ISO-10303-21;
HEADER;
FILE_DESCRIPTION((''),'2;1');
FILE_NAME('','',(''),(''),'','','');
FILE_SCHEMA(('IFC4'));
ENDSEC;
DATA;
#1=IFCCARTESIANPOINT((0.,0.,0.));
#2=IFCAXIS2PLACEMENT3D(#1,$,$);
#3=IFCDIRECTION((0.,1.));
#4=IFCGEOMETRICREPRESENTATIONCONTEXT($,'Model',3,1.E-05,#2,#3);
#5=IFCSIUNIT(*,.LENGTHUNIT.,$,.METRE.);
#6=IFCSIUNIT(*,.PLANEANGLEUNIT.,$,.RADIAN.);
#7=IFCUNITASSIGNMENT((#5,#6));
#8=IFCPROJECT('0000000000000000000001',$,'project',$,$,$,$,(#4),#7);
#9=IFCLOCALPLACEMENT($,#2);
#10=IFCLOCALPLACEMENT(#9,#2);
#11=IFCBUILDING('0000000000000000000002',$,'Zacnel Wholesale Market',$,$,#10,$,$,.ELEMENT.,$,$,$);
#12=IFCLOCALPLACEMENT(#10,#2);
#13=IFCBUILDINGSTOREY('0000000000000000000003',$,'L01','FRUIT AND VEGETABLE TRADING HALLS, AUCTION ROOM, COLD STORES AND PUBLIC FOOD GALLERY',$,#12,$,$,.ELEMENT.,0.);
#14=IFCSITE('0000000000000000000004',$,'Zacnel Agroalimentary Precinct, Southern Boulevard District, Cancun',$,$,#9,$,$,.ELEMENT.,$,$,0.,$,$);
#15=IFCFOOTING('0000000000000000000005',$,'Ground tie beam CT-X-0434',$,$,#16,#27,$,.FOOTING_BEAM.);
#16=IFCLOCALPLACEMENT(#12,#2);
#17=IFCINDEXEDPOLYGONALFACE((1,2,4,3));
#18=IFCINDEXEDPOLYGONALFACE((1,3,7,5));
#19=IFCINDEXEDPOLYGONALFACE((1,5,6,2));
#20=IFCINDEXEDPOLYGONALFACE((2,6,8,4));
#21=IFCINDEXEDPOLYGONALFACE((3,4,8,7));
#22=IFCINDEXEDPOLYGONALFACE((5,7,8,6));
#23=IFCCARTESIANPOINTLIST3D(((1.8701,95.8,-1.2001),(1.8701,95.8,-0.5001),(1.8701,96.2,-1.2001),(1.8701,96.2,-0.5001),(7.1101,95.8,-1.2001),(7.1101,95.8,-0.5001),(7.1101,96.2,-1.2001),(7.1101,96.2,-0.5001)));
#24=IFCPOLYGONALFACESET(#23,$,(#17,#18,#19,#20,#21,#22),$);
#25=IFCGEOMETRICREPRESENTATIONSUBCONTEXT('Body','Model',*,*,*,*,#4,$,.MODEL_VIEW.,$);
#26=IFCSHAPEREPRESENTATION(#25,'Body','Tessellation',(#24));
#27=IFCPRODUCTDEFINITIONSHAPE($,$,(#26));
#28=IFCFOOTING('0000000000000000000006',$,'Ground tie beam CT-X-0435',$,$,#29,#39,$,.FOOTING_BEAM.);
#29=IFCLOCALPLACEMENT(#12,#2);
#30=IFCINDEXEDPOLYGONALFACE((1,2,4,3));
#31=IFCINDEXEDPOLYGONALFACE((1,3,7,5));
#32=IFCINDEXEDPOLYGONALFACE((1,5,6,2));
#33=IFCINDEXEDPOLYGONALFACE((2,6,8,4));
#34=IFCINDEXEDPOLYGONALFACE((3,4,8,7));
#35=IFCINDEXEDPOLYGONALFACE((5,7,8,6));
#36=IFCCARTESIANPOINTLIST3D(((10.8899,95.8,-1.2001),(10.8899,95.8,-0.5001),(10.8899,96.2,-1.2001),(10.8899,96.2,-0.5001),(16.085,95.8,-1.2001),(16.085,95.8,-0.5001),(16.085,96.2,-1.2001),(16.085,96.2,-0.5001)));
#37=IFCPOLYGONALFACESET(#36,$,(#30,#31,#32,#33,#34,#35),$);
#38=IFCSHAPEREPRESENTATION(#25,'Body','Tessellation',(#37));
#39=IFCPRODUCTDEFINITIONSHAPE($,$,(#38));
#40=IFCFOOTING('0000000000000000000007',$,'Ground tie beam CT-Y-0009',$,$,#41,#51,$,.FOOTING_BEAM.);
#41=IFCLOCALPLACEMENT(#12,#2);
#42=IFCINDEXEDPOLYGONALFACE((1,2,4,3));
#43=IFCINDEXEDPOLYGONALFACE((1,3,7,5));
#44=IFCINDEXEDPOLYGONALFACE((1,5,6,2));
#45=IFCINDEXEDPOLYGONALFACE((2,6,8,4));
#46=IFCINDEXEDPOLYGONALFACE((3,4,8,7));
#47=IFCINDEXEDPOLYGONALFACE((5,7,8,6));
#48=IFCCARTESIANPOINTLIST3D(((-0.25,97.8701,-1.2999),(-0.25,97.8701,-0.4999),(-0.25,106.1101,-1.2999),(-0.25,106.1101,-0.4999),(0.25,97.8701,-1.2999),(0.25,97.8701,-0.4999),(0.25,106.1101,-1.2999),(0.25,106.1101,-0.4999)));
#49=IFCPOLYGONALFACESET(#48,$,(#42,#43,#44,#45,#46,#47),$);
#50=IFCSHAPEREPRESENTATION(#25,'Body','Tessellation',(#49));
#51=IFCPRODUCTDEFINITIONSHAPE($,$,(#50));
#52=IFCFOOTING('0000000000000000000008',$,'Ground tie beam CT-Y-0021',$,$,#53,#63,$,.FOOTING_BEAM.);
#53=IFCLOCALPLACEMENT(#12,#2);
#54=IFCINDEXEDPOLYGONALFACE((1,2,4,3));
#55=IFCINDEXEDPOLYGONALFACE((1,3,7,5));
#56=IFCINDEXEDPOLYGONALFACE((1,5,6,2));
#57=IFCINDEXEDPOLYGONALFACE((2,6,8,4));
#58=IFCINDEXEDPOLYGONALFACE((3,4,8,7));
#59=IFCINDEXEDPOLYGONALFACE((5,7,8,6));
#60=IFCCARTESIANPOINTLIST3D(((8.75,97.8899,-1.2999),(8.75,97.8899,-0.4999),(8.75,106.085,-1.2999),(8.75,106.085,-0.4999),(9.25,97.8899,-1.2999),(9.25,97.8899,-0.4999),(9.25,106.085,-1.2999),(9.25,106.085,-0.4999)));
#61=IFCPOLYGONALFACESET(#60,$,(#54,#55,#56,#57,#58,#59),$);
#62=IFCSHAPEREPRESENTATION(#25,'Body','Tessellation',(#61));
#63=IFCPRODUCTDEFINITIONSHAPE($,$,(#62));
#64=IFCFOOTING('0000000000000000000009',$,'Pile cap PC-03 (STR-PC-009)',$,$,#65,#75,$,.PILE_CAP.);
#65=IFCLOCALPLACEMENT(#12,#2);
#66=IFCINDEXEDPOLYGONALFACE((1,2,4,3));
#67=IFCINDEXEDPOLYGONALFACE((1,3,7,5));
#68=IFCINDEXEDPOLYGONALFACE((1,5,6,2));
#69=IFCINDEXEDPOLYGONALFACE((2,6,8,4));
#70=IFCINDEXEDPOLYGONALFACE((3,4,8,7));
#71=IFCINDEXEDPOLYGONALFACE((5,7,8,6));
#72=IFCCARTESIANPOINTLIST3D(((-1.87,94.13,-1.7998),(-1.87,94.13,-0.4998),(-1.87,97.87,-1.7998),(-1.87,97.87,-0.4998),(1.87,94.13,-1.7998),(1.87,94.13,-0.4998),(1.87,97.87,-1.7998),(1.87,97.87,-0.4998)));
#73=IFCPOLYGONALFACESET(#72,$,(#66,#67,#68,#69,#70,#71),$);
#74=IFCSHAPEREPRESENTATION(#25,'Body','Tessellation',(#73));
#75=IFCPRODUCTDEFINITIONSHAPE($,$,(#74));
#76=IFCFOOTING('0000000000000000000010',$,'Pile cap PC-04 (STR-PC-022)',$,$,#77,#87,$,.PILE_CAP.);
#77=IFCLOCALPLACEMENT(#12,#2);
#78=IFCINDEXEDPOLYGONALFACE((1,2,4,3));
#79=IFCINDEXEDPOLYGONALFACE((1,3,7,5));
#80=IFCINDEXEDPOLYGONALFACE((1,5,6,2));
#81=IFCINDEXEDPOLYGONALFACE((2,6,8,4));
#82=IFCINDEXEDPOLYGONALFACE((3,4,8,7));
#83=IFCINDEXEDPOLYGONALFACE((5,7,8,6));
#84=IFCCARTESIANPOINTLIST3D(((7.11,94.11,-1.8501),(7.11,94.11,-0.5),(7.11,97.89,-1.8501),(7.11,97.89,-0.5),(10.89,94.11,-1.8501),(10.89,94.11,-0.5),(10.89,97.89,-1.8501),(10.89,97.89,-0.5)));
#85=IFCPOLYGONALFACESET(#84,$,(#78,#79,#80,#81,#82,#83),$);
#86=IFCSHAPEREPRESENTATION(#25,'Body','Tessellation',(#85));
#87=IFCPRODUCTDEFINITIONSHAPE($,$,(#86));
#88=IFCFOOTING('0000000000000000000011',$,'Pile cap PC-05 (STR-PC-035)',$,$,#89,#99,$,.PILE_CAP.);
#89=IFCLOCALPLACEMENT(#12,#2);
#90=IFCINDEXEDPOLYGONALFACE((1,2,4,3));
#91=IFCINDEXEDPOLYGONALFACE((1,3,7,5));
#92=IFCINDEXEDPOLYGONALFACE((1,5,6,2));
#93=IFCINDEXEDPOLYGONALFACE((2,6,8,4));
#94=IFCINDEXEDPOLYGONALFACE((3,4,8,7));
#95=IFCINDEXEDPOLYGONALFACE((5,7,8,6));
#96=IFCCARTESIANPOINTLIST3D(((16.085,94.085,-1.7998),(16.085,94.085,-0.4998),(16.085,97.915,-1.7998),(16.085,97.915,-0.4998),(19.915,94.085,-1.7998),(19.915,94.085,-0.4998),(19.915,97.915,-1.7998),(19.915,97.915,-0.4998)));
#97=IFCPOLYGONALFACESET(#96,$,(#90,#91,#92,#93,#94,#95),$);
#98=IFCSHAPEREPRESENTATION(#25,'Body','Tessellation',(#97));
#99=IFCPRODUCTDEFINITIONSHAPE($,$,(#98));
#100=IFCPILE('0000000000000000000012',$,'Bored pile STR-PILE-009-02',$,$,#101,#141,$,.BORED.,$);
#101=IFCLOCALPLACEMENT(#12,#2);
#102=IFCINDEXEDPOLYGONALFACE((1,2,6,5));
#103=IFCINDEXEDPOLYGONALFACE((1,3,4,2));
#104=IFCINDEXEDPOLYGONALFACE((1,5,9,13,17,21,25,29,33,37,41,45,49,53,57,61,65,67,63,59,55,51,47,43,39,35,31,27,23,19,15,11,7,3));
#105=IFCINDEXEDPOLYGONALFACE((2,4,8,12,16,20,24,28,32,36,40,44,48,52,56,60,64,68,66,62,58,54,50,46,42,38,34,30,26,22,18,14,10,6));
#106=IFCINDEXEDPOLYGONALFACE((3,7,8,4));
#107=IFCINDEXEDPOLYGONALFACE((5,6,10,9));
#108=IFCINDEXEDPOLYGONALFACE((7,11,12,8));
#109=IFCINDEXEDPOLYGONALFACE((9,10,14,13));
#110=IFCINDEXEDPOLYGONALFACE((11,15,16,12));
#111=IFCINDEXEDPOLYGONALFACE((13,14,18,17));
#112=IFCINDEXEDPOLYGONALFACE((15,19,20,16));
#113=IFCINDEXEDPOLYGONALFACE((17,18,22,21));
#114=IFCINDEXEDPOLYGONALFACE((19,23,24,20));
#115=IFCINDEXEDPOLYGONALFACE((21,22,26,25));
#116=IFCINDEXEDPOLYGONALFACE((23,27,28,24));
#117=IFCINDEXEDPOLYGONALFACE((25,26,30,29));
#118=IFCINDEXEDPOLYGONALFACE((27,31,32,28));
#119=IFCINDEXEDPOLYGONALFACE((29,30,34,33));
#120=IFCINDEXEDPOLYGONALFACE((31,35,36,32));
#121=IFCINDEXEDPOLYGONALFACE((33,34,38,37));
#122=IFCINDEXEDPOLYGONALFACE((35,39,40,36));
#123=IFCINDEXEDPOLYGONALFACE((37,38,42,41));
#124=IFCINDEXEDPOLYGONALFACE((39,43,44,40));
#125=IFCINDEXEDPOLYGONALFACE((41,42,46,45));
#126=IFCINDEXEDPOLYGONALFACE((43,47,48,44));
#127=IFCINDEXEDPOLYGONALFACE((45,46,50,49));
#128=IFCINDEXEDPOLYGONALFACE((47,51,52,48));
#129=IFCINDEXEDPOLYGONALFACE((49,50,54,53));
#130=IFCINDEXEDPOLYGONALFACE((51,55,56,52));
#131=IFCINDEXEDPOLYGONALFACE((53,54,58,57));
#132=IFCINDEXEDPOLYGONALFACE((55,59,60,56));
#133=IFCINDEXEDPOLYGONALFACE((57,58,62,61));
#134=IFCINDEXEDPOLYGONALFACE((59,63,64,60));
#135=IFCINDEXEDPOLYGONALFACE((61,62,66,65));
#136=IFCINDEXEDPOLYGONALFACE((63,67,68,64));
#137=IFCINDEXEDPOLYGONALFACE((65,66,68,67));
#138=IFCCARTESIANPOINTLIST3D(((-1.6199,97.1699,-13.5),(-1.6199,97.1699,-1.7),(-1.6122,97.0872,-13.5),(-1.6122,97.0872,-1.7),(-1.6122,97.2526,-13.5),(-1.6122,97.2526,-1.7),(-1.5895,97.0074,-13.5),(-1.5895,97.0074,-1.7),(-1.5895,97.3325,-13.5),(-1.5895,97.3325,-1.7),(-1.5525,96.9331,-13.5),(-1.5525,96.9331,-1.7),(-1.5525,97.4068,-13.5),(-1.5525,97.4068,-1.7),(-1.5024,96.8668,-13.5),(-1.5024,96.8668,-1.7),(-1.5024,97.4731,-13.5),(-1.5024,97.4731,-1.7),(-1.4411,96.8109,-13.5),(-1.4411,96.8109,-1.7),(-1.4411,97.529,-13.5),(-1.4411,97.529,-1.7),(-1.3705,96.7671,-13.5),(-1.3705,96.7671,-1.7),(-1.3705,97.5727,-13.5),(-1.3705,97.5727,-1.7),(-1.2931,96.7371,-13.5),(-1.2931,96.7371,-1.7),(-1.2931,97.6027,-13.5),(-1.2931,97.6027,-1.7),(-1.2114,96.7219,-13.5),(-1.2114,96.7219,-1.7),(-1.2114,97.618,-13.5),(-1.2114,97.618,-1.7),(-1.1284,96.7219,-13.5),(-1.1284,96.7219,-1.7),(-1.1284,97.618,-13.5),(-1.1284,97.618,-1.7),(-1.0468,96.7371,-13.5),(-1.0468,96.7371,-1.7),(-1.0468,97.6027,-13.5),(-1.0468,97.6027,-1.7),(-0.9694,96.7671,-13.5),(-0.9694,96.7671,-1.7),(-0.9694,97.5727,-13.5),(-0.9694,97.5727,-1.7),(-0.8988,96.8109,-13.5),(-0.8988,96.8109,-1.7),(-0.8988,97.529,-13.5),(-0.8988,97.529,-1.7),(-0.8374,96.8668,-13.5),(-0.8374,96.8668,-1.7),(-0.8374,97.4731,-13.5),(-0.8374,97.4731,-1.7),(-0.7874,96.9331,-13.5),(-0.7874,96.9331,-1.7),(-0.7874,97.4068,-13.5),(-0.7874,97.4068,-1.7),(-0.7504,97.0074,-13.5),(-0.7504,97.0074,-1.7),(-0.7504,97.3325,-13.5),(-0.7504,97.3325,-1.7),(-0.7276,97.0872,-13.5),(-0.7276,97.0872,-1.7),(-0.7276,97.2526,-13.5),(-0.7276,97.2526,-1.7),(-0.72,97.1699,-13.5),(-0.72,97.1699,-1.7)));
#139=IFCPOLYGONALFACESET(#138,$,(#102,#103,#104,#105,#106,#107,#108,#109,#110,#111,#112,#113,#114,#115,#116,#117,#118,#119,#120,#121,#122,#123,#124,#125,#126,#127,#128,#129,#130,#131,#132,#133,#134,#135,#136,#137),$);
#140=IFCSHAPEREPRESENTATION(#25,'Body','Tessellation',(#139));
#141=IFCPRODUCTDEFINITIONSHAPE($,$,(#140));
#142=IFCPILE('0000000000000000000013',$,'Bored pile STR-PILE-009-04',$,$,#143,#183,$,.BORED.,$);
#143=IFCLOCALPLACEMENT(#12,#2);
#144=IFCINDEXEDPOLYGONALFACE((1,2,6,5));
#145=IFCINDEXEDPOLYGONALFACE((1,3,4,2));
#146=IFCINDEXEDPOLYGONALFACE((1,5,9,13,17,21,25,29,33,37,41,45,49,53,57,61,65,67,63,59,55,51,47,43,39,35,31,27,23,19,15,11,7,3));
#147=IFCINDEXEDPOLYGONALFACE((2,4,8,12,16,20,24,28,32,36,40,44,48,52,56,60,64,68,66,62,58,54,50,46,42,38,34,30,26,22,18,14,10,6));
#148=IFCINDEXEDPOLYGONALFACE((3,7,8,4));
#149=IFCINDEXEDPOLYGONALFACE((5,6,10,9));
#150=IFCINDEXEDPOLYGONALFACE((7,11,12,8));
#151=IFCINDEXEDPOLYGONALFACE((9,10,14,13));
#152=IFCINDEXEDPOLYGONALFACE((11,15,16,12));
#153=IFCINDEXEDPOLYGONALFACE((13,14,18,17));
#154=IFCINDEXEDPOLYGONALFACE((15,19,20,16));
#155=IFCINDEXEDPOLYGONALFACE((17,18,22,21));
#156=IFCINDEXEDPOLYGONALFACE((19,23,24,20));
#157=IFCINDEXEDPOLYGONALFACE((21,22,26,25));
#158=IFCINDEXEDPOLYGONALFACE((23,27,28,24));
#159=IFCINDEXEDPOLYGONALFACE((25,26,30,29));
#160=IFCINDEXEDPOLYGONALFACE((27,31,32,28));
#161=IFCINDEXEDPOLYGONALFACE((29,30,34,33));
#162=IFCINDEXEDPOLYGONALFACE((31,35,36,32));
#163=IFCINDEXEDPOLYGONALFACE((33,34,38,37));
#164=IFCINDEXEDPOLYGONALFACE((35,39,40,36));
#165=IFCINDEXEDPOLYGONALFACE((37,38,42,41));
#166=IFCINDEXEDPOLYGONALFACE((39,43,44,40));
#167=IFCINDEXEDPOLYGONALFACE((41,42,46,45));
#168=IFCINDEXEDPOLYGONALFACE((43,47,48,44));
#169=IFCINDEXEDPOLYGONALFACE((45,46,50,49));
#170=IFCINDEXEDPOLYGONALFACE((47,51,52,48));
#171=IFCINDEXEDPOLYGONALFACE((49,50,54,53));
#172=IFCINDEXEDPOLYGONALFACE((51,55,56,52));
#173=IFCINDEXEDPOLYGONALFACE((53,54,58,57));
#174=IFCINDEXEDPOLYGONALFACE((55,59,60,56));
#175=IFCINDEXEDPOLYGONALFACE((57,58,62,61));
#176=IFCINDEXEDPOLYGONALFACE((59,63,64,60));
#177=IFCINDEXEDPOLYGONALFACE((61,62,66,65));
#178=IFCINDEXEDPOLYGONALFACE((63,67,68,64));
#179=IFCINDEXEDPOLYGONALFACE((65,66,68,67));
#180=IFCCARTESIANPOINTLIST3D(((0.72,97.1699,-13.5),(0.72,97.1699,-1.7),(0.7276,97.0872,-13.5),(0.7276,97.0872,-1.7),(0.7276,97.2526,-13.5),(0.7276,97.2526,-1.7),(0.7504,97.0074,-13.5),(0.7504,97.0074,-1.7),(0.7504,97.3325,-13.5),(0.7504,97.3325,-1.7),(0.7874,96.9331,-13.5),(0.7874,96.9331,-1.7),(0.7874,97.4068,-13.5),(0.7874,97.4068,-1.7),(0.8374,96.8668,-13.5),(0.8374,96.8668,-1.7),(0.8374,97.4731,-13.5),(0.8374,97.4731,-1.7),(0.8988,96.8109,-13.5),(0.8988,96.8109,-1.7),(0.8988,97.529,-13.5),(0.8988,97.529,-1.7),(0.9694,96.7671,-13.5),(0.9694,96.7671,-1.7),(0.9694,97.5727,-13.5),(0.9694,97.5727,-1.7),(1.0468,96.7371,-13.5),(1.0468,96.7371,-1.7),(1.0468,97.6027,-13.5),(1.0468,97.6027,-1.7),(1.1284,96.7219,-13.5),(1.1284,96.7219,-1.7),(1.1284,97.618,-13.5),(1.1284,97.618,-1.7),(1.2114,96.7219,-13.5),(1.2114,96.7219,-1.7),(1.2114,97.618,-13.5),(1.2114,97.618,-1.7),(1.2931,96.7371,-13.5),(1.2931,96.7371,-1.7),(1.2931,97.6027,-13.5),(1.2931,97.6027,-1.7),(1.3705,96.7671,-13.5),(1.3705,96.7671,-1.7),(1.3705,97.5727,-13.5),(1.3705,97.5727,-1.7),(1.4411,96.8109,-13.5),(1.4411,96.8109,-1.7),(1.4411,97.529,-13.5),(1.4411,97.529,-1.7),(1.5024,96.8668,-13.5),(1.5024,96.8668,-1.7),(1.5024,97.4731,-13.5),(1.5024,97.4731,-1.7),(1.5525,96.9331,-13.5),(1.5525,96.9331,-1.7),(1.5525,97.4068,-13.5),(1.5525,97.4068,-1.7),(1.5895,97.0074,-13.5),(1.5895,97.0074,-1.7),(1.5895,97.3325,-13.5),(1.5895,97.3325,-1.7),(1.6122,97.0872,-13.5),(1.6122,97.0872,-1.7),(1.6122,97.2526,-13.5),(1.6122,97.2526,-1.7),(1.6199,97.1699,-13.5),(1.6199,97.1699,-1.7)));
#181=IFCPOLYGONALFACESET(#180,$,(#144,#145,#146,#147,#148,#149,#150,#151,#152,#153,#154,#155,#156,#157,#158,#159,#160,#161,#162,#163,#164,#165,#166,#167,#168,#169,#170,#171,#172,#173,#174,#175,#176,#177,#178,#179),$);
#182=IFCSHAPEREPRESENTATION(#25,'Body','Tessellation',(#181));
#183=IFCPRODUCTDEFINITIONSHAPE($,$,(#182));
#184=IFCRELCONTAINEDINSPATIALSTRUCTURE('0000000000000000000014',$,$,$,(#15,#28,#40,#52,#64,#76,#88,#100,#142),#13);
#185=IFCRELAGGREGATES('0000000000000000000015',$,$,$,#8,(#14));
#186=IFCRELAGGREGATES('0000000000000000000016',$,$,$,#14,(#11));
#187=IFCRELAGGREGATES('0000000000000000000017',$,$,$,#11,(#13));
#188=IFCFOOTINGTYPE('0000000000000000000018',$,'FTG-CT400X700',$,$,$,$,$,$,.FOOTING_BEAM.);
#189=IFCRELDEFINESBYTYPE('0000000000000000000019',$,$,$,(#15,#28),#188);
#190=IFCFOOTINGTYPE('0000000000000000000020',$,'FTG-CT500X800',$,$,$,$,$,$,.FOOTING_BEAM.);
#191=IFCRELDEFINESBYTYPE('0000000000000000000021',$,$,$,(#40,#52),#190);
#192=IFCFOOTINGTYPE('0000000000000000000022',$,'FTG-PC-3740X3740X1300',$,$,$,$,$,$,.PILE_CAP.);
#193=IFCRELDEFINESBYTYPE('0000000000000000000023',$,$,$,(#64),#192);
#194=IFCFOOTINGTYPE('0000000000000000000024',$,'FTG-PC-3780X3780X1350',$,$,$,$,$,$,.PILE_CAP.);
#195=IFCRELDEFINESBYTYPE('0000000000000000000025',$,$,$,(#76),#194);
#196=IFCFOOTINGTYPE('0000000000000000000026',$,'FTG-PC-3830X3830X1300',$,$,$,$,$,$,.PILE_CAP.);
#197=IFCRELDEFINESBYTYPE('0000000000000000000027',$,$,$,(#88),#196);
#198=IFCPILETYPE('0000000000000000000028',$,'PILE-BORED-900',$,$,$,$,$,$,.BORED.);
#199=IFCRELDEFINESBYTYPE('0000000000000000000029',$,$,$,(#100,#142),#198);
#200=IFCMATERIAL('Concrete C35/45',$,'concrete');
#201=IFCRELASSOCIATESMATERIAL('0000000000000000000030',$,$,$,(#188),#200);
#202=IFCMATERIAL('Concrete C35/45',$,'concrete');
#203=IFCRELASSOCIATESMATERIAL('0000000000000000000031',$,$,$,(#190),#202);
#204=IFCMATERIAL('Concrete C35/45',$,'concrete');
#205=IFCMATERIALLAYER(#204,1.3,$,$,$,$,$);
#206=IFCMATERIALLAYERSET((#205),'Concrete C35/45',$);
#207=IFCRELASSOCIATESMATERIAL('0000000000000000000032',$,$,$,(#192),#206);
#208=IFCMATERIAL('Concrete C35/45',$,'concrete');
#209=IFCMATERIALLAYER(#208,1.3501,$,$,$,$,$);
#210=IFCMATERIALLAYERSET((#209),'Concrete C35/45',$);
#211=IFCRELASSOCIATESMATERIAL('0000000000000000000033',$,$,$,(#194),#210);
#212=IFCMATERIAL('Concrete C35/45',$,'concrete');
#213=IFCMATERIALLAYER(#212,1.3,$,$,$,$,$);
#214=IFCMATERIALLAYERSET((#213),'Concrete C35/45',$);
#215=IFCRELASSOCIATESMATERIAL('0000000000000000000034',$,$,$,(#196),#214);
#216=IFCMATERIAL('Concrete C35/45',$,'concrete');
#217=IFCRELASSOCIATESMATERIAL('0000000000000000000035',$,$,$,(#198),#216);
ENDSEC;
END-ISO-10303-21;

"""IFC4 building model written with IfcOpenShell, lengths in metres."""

from ifc_helpers import new_model, si_unit, direction, frame, origin, origin_2d, place, context, subcontext, project, spatial, rectangle, circle, extrude, material, layer, layer_set, material_profile, profile_set, type_object, element, save


model = new_model("IFC4")

# Units and contexts
model_context = context("Model", 3, precision=1e-05, world=origin(), true_north=direction((0.0, 1.0)))
body_context = subcontext(model_context, "Body", "Model", "MODEL_VIEW")
ifc_project = project(units=[si_unit("LENGTHUNIT", "METRE"), si_unit("PLANEANGLEUNIT", "RADIAN")], contexts=[model_context])

# Site, building, storey
site_placement = place(None, origin())
site = spatial("IfcSite", under=ifc_project, at=site_placement, Name="Zacnel Agroalimentary Precinct, Southern Boulevard District, Cancun", CompositionType="ELEMENT", RefElevation=0.0)
building_placement = place(site_placement, origin())
building = spatial("IfcBuilding", under=site, at=building_placement, Name="Zacnel Wholesale Market", CompositionType="ELEMENT")
storey_placement = place(building_placement, origin())
storey = spatial("IfcBuildingStorey", under=building, at=storey_placement, Name="L01", Description="FRUIT AND VEGETABLE TRADING HALLS, AUCTION ROOM, COLD STORES AND PUBLIC FOOD GALLERY", CompositionType="ELEMENT", Elevation=0.0)

# Footings
ifc_material_1 = material(Name="Concrete C35/45", Category="concrete")
ifc_material_profile_1 = material_profile(ifc_material_1, rectangle(XDim=0.3999, YDim=0.7, at=origin_2d()), Name="CT 400x700")
ifc_profile_set_1 = profile_set([ifc_material_profile_1], Name="Concrete C35/45")
footing_type_1 = type_object("IfcFootingType", Name="FTG-CT400X700", PredefinedType="FOOTING_BEAM", material=ifc_profile_set_1)
footing_1_placement = place(storey_placement, frame((1.8701, 96.0, -0.8501), z_axis=(1.0, 0.0, 0.0), x_axis=(0.0, 1.0, 0.0)))
element("IfcFooting", 1, at=footing_1_placement, inside=storey, type_object=footing_type_1, Name="Ground tie beam CT-X-0434", PredefinedType="FOOTING_BEAM", context=body_context, shape_type="SweptSolid", body=[
    extrude(rectangle(XDim=0.3999, YDim=0.7, at=origin_2d()), origin(), (0.0, 0.0, 1.0), 5.24),
])
footing_2_placement = place(storey_placement, frame((10.8899, 96.0, -0.8501), z_axis=(1.0, 0.0, 0.0), x_axis=(0.0, 1.0, 0.0)))
element("IfcFooting", 2, at=footing_2_placement, inside=storey, type_object=footing_type_1, Name="Ground tie beam CT-X-0435", PredefinedType="FOOTING_BEAM", context=body_context, shape_type="SweptSolid", body=[
    extrude(rectangle(XDim=0.3999, YDim=0.7, at=origin_2d()), origin(), (0.0, 0.0, 1.0), 5.1951),
])
ifc_material_2 = material(Name="Concrete C35/45", Category="concrete")
ifc_material_profile_2 = material_profile(ifc_material_2, rectangle(XDim=0.5, YDim=0.8, at=origin_2d()), Name="CT 500x800")
ifc_profile_set_2 = profile_set([ifc_material_profile_2], Name="Concrete C35/45")
footing_type_2 = type_object("IfcFootingType", Name="FTG-CT500X800", PredefinedType="FOOTING_BEAM", material=ifc_profile_set_2)
footing_3_placement = place(storey_placement, frame((0.0, 97.8701, -0.8999), z_axis=(0.0, 1.0, 0.0), x_axis=(-1.0, 0.0, 0.0)))
element("IfcFooting", 3, at=footing_3_placement, inside=storey, type_object=footing_type_2, Name="Ground tie beam CT-Y-0009", PredefinedType="FOOTING_BEAM", context=body_context, shape_type="SweptSolid", body=[
    extrude(rectangle(XDim=0.5, YDim=0.8, at=origin_2d()), origin(), (0.0, 0.0, 1.0), 8.24),
])
footing_4_placement = place(storey_placement, frame((9.0, 97.8899, -0.8999), z_axis=(0.0, 1.0, 0.0), x_axis=(-1.0, 0.0, 0.0)))
element("IfcFooting", 4, at=footing_4_placement, inside=storey, type_object=footing_type_2, Name="Ground tie beam CT-Y-0021", PredefinedType="FOOTING_BEAM", context=body_context, shape_type="SweptSolid", body=[
    extrude(rectangle(XDim=0.5, YDim=0.8, at=origin_2d()), origin(), (0.0, 0.0, 1.0), 8.1951),
])
ifc_material_3 = material(Name="Concrete C35/45", Category="concrete")
ifc_layer_1 = layer(ifc_material_3, 1.3)
ifc_layer_set_1 = layer_set([ifc_layer_1], Name="Concrete C35/45")
footing_type_3 = type_object("IfcFootingType", Name="FTG-PC-3740X3740X1300", PredefinedType="PILE_CAP", material=ifc_layer_set_1)
footing_5_placement = place(storey_placement, frame((0.0, 96.0, -1.7998), z_axis=(0.0, 0.0, 1.0), x_axis=(1.0, 0.0, 0.0)))
element("IfcFooting", 5, at=footing_5_placement, inside=storey, type_object=footing_type_3, Name="Pile cap PC-03 (STR-PC-009)", PredefinedType="PILE_CAP", context=body_context, shape_type="SweptSolid", body=[
    extrude(rectangle(XDim=3.74, YDim=3.74, at=origin_2d()), origin(), (0.0, 0.0, 1.0), 1.3),
])
ifc_material_4 = material(Name="Concrete C35/45", Category="concrete")
ifc_layer_2 = layer(ifc_material_4, 1.3501)
ifc_layer_set_2 = layer_set([ifc_layer_2], Name="Concrete C35/45")
footing_type_4 = type_object("IfcFootingType", Name="FTG-PC-3780X3780X1350", PredefinedType="PILE_CAP", material=ifc_layer_set_2)
footing_6_placement = place(storey_placement, frame((9.0, 96.0, -1.8501), z_axis=(0.0, 0.0, 1.0), x_axis=(1.0, 0.0, 0.0)))
element("IfcFooting", 6, at=footing_6_placement, inside=storey, type_object=footing_type_4, Name="Pile cap PC-04 (STR-PC-022)", PredefinedType="PILE_CAP", context=body_context, shape_type="SweptSolid", body=[
    extrude(rectangle(XDim=3.78, YDim=3.78, at=origin_2d()), origin(), (0.0, 0.0, 1.0), 1.3501),
])
ifc_material_5 = material(Name="Concrete C35/45", Category="concrete")
ifc_layer_3 = layer(ifc_material_5, 1.3)
ifc_layer_set_3 = layer_set([ifc_layer_3], Name="Concrete C35/45")
footing_type_5 = type_object("IfcFootingType", Name="FTG-PC-3830X3830X1300", PredefinedType="PILE_CAP", material=ifc_layer_set_3)
footing_7_placement = place(storey_placement, frame((18.0, 96.0, -1.7998), z_axis=(0.0, 0.0, 1.0), x_axis=(1.0, 0.0, 0.0)))
element("IfcFooting", 7, at=footing_7_placement, inside=storey, type_object=footing_type_5, Name="Pile cap PC-05 (STR-PC-035)", PredefinedType="PILE_CAP", context=body_context, shape_type="SweptSolid", body=[
    extrude(rectangle(XDim=3.8301, YDim=3.8301, at=origin_2d()), origin(), (0.0, 0.0, 1.0), 1.3),
])

# Piles
ifc_material_6 = material(Name="Concrete C35/45", Category="concrete")
ifc_material_profile_3 = material_profile(ifc_material_6, circle(Radius=0.45, at=origin_2d()), Name="BORED PILE D900")
ifc_profile_set_3 = profile_set([ifc_material_profile_3], Name="Concrete C35/45")
pile_type = type_object("IfcPileType", Name="PILE-BORED-900", PredefinedType="BORED", material=ifc_profile_set_3)
for number, where, z_axis, x_axis, name in (
    (8, (-1.1699, 97.1699, -1.7), (0.0, 0.0, -1.0), (1.0, 0.0, 0.0), "Bored pile STR-PILE-009-02"),
    (9, (1.1699, 97.1699, -1.7), (0.0, 0.0, -1.0), (1.0, 0.0, 0.0), "Bored pile STR-PILE-009-04"),
):
    element("IfcPile", number, at=place(storey_placement, frame(where, z_axis=z_axis, x_axis=x_axis)), inside=storey, type_object=pile_type, Name=name, PredefinedType="BORED", context=body_context, shape_type="SweptSolid", body=[
        extrude(circle(Radius=0.45, at=origin_2d()), origin(), (0.0, 0.0, 1.0), 11.8),
    ])

save(model, "model.ifc")
